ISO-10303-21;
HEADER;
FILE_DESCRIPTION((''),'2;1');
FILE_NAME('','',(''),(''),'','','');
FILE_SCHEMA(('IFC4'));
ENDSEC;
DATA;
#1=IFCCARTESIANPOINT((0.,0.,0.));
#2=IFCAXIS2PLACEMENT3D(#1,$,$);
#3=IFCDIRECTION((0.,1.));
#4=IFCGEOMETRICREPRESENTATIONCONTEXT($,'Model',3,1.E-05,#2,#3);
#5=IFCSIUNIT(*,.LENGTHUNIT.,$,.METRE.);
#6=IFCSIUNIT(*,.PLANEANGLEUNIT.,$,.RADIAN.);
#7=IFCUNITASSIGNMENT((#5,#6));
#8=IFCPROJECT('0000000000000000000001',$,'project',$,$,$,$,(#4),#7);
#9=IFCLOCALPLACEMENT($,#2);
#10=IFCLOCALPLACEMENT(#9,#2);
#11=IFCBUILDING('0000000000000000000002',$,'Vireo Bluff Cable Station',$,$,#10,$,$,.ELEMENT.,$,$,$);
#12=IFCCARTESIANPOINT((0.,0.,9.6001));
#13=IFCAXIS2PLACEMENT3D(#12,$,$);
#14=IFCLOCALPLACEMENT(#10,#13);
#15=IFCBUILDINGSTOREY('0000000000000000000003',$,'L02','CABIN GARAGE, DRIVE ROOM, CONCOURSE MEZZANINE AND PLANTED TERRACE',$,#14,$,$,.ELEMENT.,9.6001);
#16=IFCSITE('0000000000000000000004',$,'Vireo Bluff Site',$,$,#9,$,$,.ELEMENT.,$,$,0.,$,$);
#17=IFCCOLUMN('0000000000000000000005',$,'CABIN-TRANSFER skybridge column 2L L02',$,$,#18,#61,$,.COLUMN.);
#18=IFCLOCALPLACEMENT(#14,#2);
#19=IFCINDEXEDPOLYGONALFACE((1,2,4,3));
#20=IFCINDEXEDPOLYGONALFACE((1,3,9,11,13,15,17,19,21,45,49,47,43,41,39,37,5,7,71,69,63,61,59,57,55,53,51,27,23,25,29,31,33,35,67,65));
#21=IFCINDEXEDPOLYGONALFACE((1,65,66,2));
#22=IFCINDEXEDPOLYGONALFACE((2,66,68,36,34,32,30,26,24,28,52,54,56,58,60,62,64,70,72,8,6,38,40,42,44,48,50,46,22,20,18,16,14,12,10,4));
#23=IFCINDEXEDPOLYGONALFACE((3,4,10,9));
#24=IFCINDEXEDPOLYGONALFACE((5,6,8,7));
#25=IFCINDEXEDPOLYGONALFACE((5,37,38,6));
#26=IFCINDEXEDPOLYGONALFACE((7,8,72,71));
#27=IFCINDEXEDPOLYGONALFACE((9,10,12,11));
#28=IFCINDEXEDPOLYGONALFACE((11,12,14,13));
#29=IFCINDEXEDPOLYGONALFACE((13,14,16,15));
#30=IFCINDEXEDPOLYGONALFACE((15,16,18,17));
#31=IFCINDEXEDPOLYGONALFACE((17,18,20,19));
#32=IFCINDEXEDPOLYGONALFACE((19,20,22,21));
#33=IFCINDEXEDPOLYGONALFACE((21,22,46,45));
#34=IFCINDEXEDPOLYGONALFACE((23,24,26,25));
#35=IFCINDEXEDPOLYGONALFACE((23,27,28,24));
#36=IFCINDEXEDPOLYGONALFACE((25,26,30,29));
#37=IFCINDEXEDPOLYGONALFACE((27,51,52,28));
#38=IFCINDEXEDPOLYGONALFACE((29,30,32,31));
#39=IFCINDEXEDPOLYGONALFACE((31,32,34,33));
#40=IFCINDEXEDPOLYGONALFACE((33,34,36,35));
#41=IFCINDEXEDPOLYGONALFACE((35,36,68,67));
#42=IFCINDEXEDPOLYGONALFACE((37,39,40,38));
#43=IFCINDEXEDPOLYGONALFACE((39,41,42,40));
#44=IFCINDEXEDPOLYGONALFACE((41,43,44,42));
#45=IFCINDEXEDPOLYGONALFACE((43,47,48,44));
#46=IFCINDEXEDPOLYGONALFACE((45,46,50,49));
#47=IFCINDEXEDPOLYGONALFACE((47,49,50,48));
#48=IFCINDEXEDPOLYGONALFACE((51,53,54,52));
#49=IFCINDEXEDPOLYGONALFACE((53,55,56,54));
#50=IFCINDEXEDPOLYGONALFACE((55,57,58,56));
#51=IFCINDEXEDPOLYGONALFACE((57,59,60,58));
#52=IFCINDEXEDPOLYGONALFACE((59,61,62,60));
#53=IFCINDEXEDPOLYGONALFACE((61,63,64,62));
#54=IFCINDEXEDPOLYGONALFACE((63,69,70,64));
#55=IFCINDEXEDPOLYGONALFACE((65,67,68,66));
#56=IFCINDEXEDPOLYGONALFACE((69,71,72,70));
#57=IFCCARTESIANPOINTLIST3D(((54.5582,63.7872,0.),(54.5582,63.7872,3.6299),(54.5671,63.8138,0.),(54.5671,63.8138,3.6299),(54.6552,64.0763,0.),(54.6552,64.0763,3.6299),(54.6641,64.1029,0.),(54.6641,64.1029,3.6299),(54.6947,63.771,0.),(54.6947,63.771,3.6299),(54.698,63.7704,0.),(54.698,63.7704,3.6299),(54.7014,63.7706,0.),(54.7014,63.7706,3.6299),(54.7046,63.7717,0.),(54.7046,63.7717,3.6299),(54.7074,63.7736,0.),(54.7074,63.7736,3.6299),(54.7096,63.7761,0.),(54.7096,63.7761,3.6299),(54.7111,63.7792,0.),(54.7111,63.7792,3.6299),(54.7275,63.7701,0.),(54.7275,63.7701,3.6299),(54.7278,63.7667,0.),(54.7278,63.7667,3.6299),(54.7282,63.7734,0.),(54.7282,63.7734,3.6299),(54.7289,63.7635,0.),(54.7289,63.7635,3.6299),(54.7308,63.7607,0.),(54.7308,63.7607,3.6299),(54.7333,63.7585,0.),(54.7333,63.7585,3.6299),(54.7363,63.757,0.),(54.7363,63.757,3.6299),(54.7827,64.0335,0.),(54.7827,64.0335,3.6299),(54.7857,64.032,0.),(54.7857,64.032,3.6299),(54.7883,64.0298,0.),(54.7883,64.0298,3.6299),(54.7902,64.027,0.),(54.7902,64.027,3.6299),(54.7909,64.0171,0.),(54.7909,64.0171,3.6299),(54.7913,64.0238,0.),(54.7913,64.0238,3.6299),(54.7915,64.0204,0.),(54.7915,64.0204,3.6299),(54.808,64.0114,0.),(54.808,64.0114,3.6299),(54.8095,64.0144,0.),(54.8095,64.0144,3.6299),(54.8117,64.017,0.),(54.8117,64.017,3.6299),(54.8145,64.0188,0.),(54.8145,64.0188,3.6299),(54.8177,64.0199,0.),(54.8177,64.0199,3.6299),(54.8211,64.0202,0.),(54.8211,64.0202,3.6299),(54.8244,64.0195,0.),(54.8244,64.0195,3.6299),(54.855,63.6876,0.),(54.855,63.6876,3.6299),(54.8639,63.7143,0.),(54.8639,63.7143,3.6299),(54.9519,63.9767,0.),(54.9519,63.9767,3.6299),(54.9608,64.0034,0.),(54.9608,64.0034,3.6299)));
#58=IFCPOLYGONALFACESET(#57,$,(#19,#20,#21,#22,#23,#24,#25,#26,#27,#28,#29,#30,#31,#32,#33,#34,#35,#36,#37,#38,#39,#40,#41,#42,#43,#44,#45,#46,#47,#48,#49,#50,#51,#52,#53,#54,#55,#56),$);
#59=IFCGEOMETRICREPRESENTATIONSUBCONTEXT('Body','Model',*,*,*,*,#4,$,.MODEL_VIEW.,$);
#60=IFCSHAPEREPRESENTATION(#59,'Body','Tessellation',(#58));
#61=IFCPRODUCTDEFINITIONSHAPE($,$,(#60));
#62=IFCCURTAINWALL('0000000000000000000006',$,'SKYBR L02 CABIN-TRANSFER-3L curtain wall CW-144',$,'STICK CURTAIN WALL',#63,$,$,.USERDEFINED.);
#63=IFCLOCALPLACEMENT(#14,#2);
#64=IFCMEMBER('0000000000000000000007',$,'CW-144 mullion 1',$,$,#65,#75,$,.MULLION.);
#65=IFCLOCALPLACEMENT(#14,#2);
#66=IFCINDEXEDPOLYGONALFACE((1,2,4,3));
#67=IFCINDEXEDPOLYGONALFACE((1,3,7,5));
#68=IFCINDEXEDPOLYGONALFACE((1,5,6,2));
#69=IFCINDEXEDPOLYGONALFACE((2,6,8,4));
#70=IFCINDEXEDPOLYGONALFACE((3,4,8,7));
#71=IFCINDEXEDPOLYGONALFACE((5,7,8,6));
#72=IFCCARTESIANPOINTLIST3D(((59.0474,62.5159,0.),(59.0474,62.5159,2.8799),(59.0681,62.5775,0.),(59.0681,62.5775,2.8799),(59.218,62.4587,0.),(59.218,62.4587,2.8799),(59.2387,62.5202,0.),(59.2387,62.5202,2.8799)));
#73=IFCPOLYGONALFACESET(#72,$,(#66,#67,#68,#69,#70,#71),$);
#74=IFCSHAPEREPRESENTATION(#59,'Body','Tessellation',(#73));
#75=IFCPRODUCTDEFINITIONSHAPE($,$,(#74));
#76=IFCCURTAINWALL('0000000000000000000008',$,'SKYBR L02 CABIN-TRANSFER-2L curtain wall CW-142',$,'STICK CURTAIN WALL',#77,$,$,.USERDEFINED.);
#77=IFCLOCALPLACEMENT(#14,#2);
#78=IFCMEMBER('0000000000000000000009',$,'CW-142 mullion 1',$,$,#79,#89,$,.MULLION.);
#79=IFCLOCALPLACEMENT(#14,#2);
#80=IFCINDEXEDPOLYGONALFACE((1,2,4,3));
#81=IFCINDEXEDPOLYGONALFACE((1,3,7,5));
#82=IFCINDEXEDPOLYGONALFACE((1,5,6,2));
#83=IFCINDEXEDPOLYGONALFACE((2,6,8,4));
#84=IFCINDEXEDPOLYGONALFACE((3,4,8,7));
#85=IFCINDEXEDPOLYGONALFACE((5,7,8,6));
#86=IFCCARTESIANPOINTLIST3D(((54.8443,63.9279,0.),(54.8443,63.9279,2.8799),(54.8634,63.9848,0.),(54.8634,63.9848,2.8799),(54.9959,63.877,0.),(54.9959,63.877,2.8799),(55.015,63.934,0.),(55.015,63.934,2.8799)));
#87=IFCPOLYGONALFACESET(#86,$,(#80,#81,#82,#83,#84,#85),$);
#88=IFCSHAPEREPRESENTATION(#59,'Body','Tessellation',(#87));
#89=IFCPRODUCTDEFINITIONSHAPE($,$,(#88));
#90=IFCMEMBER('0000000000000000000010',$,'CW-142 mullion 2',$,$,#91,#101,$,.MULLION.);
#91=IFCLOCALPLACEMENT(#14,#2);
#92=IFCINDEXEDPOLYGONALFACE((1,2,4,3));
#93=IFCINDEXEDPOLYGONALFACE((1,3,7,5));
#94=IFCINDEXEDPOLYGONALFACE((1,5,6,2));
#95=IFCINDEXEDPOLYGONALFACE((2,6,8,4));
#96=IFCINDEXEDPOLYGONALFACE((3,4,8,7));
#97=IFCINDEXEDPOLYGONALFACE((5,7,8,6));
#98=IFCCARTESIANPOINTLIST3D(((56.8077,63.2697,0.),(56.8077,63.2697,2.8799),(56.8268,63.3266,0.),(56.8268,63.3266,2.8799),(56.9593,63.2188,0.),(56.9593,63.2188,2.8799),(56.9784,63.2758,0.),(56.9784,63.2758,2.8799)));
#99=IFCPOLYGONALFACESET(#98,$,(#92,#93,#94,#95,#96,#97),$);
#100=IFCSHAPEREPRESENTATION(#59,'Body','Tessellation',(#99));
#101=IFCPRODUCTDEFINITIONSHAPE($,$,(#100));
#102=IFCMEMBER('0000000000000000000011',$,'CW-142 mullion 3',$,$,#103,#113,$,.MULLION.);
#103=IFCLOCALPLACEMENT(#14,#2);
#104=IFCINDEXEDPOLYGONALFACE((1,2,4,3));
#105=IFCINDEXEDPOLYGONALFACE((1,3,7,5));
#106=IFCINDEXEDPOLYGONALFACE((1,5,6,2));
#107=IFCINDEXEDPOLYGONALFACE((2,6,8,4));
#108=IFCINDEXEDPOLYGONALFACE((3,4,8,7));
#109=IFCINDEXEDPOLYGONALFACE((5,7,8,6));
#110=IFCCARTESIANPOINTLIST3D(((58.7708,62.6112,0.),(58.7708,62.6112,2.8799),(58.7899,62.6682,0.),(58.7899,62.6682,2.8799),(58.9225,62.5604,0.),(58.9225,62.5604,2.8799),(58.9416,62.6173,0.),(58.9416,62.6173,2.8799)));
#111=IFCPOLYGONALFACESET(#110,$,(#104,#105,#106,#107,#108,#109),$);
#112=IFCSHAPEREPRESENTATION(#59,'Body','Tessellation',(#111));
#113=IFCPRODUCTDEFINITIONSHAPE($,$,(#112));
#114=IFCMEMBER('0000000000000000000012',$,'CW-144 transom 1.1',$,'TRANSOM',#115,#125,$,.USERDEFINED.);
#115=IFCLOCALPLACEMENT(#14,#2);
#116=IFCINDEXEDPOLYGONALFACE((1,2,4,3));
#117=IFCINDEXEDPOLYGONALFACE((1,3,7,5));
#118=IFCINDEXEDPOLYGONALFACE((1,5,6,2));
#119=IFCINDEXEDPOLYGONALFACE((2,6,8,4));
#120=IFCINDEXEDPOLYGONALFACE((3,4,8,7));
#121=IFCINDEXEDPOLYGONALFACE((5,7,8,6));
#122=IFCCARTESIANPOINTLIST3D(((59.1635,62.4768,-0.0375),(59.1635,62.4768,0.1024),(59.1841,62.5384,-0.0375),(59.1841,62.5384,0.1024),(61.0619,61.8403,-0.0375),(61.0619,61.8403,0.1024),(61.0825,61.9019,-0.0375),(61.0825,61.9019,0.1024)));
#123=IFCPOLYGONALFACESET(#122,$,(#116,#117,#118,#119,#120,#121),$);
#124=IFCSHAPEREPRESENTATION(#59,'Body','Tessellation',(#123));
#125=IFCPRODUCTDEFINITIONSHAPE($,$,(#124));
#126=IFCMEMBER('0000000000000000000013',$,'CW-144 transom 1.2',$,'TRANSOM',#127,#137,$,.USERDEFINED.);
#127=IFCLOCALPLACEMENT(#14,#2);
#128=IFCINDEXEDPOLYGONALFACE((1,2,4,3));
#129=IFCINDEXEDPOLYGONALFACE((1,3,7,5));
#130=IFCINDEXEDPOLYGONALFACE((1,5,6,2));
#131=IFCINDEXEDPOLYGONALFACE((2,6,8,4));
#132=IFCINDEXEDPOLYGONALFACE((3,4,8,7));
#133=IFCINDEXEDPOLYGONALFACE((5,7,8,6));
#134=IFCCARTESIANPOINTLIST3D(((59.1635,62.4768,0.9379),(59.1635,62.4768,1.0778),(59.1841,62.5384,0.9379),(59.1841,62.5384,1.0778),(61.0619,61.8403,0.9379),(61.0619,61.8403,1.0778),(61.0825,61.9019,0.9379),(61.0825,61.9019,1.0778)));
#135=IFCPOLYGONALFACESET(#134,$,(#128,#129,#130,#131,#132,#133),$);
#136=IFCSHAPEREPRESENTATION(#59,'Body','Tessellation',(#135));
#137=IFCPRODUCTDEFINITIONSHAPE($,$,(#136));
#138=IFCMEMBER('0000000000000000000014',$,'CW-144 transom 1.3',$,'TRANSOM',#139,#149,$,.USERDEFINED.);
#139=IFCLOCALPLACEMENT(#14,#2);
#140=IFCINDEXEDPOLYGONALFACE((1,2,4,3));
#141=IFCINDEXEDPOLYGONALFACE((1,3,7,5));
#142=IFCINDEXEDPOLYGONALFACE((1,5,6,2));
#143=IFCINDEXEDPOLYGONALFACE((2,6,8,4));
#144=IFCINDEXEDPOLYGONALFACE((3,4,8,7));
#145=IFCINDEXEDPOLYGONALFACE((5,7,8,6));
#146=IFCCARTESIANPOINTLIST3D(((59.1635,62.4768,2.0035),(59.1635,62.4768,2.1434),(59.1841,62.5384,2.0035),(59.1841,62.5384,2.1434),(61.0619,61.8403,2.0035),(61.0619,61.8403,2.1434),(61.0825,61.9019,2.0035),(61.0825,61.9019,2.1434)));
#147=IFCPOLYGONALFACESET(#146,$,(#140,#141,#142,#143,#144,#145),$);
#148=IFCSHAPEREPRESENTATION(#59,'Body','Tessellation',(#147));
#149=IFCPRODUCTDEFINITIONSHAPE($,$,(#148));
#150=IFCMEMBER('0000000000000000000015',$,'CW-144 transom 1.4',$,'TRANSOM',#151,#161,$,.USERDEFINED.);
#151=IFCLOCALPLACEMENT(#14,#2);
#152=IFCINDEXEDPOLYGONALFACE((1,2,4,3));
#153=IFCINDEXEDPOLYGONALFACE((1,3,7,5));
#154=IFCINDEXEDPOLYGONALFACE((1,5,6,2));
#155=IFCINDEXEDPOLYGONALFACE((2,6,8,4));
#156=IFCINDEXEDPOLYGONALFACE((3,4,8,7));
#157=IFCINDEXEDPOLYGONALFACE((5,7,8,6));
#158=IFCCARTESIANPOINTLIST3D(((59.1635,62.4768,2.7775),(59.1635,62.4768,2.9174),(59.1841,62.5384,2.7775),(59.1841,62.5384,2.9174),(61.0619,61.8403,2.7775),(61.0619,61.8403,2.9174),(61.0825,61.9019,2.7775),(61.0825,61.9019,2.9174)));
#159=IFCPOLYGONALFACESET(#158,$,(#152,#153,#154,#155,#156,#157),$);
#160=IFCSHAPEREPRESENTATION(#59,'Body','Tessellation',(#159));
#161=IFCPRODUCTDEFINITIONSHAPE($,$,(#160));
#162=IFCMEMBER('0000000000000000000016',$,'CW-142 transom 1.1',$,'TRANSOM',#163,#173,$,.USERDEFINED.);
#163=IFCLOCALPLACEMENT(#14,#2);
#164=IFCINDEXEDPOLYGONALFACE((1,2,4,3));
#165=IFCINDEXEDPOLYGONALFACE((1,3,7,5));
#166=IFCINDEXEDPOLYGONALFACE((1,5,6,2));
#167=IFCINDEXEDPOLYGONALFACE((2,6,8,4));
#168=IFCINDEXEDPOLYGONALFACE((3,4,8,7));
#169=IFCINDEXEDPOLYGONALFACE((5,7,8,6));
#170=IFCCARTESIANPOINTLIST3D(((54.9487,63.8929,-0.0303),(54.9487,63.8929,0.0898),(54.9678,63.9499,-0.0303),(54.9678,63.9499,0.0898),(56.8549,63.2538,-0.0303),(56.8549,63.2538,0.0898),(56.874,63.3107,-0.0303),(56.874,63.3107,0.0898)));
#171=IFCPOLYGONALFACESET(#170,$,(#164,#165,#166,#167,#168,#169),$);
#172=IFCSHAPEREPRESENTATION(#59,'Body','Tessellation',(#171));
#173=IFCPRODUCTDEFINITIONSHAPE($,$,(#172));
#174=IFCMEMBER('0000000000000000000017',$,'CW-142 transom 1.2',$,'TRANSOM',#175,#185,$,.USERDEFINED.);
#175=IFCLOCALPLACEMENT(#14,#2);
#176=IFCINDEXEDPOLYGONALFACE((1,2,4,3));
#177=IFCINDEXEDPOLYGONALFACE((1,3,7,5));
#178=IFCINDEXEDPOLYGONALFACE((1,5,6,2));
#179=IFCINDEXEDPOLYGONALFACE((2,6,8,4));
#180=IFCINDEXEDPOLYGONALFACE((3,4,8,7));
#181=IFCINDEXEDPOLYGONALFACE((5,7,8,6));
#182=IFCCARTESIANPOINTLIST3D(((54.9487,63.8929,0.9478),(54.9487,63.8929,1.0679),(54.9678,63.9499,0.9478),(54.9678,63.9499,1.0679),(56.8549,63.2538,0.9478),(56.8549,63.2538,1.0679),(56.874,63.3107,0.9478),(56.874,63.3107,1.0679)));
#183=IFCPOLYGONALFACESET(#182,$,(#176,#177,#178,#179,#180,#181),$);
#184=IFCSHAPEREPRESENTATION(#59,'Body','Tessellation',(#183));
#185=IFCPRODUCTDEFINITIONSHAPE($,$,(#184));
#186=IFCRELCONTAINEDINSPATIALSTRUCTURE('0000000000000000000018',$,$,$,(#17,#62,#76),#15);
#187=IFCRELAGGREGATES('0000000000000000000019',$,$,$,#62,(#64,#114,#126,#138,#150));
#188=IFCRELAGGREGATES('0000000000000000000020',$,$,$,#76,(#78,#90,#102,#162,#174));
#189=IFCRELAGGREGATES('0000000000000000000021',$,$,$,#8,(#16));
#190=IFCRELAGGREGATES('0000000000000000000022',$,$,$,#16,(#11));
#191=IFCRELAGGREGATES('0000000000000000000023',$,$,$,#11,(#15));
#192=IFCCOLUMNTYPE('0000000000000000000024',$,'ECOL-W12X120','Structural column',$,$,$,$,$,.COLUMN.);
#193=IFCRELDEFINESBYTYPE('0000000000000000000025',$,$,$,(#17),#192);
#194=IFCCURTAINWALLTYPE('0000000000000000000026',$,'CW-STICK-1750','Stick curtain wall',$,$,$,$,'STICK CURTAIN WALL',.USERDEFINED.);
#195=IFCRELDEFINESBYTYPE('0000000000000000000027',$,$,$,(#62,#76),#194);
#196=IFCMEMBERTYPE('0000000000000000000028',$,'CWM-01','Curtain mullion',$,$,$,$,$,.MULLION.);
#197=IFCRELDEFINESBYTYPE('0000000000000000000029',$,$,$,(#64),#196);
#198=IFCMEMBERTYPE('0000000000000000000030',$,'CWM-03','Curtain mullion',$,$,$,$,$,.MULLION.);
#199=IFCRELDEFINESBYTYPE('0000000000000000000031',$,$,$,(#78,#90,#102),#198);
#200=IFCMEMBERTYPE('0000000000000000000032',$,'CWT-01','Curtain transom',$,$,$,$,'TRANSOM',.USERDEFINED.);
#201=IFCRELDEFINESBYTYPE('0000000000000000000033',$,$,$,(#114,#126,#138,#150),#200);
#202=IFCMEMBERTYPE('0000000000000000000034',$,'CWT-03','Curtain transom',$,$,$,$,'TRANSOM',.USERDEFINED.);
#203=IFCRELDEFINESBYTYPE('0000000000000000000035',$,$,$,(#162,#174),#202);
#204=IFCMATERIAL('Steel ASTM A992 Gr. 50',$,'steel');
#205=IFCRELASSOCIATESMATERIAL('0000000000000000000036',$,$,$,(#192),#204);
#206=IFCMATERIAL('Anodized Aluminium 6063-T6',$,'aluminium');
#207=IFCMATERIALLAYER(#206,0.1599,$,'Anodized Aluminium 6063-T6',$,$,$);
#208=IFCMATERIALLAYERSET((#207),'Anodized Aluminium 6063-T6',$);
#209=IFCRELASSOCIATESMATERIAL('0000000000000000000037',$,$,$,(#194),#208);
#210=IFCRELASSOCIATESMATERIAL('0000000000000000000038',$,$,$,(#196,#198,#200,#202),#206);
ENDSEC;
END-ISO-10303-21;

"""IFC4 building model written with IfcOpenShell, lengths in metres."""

from ifc_helpers import new_model, si_unit, direction, frame, origin, origin_2d, place, context, subcontext, project, spatial, rectangle, i_section, extrude, material, layer, layer_set, material_profile, profile_set, type_object, element, aggregate, save


model = new_model("IFC4")

# Units and contexts
model_context = context("Model", 3, precision=1e-05, world=origin(), true_north=direction((0.0, 1.0)))
body_context = subcontext(model_context, "Body", "Model", "MODEL_VIEW")
ifc_project = project(units=[si_unit("LENGTHUNIT", "METRE"), si_unit("PLANEANGLEUNIT", "RADIAN")], contexts=[model_context])

# Site, building, storey
site_placement = place(None, origin())
site = spatial("IfcSite", under=ifc_project, at=site_placement, Name="Vireo Bluff Site", CompositionType="ELEMENT", RefElevation=0.0)
building_placement = place(site_placement, origin())
building = spatial("IfcBuilding", under=site, at=building_placement, Name="Vireo Bluff Cable Station", CompositionType="ELEMENT")
storey_placement = place(building_placement, frame((0.0, 0.0, 9.6001)))
storey = spatial("IfcBuildingStorey", under=building, at=storey_placement, Name="L02", Description="CABIN GARAGE, DRIVE ROOM, CONCOURSE MEZZANINE AND PLANTED TERRACE", CompositionType="ELEMENT", Elevation=9.6001)

# Column
ifc_material_1 = material(Name="Steel ASTM A992 Gr. 50", Category="steel")
ifc_material_profile_1 = material_profile(ifc_material_1, i_section(OverallWidth=0.313, OverallDepth=0.333, WebThickness=0.0181, FlangeThickness=0.0281, FilletRadius=0.0129, at=origin_2d()), Name="W12X120")
ifc_profile_set_1 = profile_set([ifc_material_profile_1], Name="Steel ASTM A992 Gr. 50")
column_type = type_object("IfcColumnType", Name="ECOL-W12X120", Description="Structural column", PredefinedType="COLUMN", material=ifc_profile_set_1)
column_placement = place(storey_placement, frame((54.7595, 63.8953, 0.0), z_axis=(0.0, 0.0, 1.0), x_axis=(0.948105, -0.317958, 0.0)))
element("IfcColumn", 1, at=column_placement, inside=storey, type_object=column_type, Name="CABIN-TRANSFER skybridge column 2L L02", PredefinedType="COLUMN", context=body_context, shape_type="SweptSolid", body=[
    extrude(i_section(OverallWidth=0.313, OverallDepth=0.333, WebThickness=0.0181, FlangeThickness=0.0281, FilletRadius=0.0129, at=origin_2d()), origin(), (0.0, 0.0, 1.0), 3.6299),
])

# Curtain wall, member
ifc_material_2 = material(Name="Anodized Aluminium 6063-T6", Category="aluminium")
ifc_layer_1 = layer(ifc_material_2, 0.1599, Name="Anodized Aluminium 6063-T6")
ifc_layer_set_1 = layer_set([ifc_layer_1], Name="Anodized Aluminium 6063-T6")
curtain_wall_type = type_object("IfcCurtainWallType", Name="CW-STICK-1750", Description="Stick curtain wall", ElementType="STICK CURTAIN WALL", PredefinedType="USERDEFINED", material=ifc_layer_set_1)
curtain_wall_1_placement = place(storey_placement, origin())
curtain_wall_1 = element("IfcCurtainWall", 2, at=curtain_wall_1_placement, inside=storey, type_object=curtain_wall_type, Name="SKYBR L02 CABIN-TRANSFER-3L curtain wall CW-144", ObjectType="STICK CURTAIN WALL", PredefinedType="USERDEFINED")
ifc_material_profile_2 = material_profile(ifc_material_2, rectangle(XDim=0.0649, YDim=0.1799, at=origin_2d()), Name="ALU-M-65X180")
ifc_profile_set_2 = profile_set([ifc_material_profile_2], Name="Anodized Aluminium 6063-T6")
member_type_1 = type_object("IfcMemberType", Name="CWM-01", Description="Curtain mullion", PredefinedType="MULLION", material=ifc_profile_set_2)
member_1_placement = place(storey_placement, frame((59.1431, 62.5181, 0.0), z_axis=(0.0, 0.0, 1.0), x_axis=(0.317934, 0.948113, 0.0)))
member_1 = element("IfcMember", 3, at=member_1_placement, type_object=member_type_1, Name="CW-144 mullion 1", PredefinedType="MULLION", context=body_context, shape_type="SweptSolid", body=[
    extrude(rectangle(XDim=0.0649, YDim=0.1799, at=origin_2d()), origin(), (0.0, 0.0, 1.0), 2.8799),
])

# Curtain wall, members
curtain_wall_2_placement = place(storey_placement, origin())
curtain_wall_2 = element("IfcCurtainWall", 4, at=curtain_wall_2_placement, inside=storey, type_object=curtain_wall_type, Name="SKYBR L02 CABIN-TRANSFER-2L curtain wall CW-142", ObjectType="STICK CURTAIN WALL", PredefinedType="USERDEFINED")
ifc_material_profile_3 = material_profile(ifc_material_2, rectangle(XDim=0.0601, YDim=0.1599, at=origin_2d()), Name="ALU-M-60X160")
ifc_profile_set_3 = profile_set([ifc_material_profile_3], Name="Anodized Aluminium 6063-T6")
member_type_2 = type_object("IfcMemberType", Name="CWM-03", Description="Curtain mullion", PredefinedType="MULLION", material=ifc_profile_set_3)
member_2_placement = place(storey_placement, frame((54.9297, 63.9309, 0.0), z_axis=(0.0, 0.0, 1.0), x_axis=(0.317941, 0.948111, 0.0)))
member_2 = element("IfcMember", 5, at=member_2_placement, type_object=member_type_2, Name="CW-142 mullion 1", PredefinedType="MULLION", context=body_context, shape_type="SweptSolid", body=[
    extrude(rectangle(XDim=0.0601, YDim=0.1599, at=origin_2d()), origin(), (0.0, 0.0, 1.0), 2.8799),
])
member_3_placement = place(storey_placement, frame((56.8931, 63.2727, 0.0), z_axis=(0.0, 0.0, 1.0), x_axis=(0.317941, 0.948111, 0.0)))
member_3 = element("IfcMember", 6, at=member_3_placement, type_object=member_type_2, Name="CW-142 mullion 2", PredefinedType="MULLION", context=body_context, shape_type="SweptSolid", body=[
    extrude(rectangle(XDim=0.0601, YDim=0.1599, at=origin_2d()), origin(), (0.0, 0.0, 1.0), 2.8799),
])
member_4_placement = place(storey_placement, frame((58.8562, 62.6143, 0.0), z_axis=(0.0, 0.0, 1.0), x_axis=(0.317941, 0.948111, 0.0)))
member_4 = element("IfcMember", 7, at=member_4_placement, type_object=member_type_2, Name="CW-142 mullion 3", PredefinedType="MULLION", context=body_context, shape_type="SweptSolid", body=[
    extrude(rectangle(XDim=0.0601, YDim=0.1599, at=origin_2d()), origin(), (0.0, 0.0, 1.0), 2.8799),
])

# Members
ifc_material_profile_4 = material_profile(ifc_material_2, rectangle(XDim=0.0649, YDim=0.1399, at=origin_2d()), Name="ALU-T-65X140")
ifc_profile_set_4 = profile_set([ifc_material_profile_4], Name="Anodized Aluminium 6063-T6")
member_type_3 = type_object("IfcMemberType", Name="CWT-01", Description="Curtain transom", ElementType="TRANSOM", PredefinedType="USERDEFINED", material=ifc_profile_set_4)
member_5_placement = place(storey_placement, frame((59.1738, 62.5076, 0.0325), z_axis=(0.948133, -0.317873, 0.0), x_axis=(0.317873, 0.948133, 0.0)))
member_5 = element("IfcMember", 8, at=member_5_placement, type_object=member_type_3, Name="CW-144 transom 1.1", ObjectType="TRANSOM", PredefinedType="USERDEFINED", context=body_context, shape_type="SweptSolid", body=[
    extrude(rectangle(XDim=0.0649, YDim=0.1399, at=origin_2d()), origin(), (0.0, 0.0, 1.0), 2.0022),
])
member_6_placement = place(storey_placement, frame((59.1738, 62.5076, 1.0078), z_axis=(0.948133, -0.317873, 0.0), x_axis=(0.317873, 0.948133, 0.0)))
member_6 = element("IfcMember", 9, at=member_6_placement, type_object=member_type_3, Name="CW-144 transom 1.2", ObjectType="TRANSOM", PredefinedType="USERDEFINED", context=body_context, shape_type="SweptSolid", body=[
    extrude(rectangle(XDim=0.0649, YDim=0.1399, at=origin_2d()), origin(), (0.0, 0.0, 1.0), 2.0022),
])
member_7_placement = place(storey_placement, frame((59.1738, 62.5076, 2.0735), z_axis=(0.948133, -0.317873, 0.0), x_axis=(0.317873, 0.948133, 0.0)))
member_7 = element("IfcMember", 10, at=member_7_placement, type_object=member_type_3, Name="CW-144 transom 1.3", ObjectType="TRANSOM", PredefinedType="USERDEFINED", context=body_context, shape_type="SweptSolid", body=[
    extrude(rectangle(XDim=0.0649, YDim=0.1399, at=origin_2d()), origin(), (0.0, 0.0, 1.0), 2.0022),
])
member_8_placement = place(storey_placement, frame((59.1738, 62.5076, 2.8474), z_axis=(0.948133, -0.317873, 0.0), x_axis=(0.317873, 0.948133, 0.0)))
member_8 = element("IfcMember", 11, at=member_8_placement, type_object=member_type_3, Name="CW-144 transom 1.4", ObjectType="TRANSOM", PredefinedType="USERDEFINED", context=body_context, shape_type="SweptSolid", body=[
    extrude(rectangle(XDim=0.0649, YDim=0.1399, at=origin_2d()), origin(), (0.0, 0.0, 1.0), 2.0022),
])
aggregate(curtain_wall_1, [member_1, member_5, member_6, member_7, member_8])
ifc_material_profile_5 = material_profile(ifc_material_2, rectangle(XDim=0.0601, YDim=0.1201, at=origin_2d()), Name="ALU-T-60X120")
ifc_profile_set_5 = profile_set([ifc_material_profile_5], Name="Anodized Aluminium 6063-T6")
member_type_4 = type_object("IfcMemberType", Name="CWT-03", Description="Curtain transom", ElementType="TRANSOM", PredefinedType="USERDEFINED", material=ifc_profile_set_5)
member_9_placement = place(storey_placement, frame((54.9583, 63.9214, 0.0298), z_axis=(0.948123, -0.317903, 0.0), x_axis=(0.317903, 0.948123, 0.0)))
member_9 = element("IfcMember", 12, at=member_9_placement, type_object=member_type_4, Name="CW-142 transom 1.1", ObjectType="TRANSOM", PredefinedType="USERDEFINED", context=body_context, shape_type="SweptSolid", body=[
    extrude(rectangle(XDim=0.0601, YDim=0.1201, at=origin_2d()), origin(), (0.0, 0.0, 1.0), 2.0105),
])
member_10_placement = place(storey_placement, frame((54.9583, 63.9214, 1.0078), z_axis=(0.948123, -0.317903, 0.0), x_axis=(0.317903, 0.948123, 0.0)))
member_10 = element("IfcMember", 13, at=member_10_placement, type_object=member_type_4, Name="CW-142 transom 1.2", ObjectType="TRANSOM", PredefinedType="USERDEFINED", context=body_context, shape_type="SweptSolid", body=[
    extrude(rectangle(XDim=0.0601, YDim=0.1201, at=origin_2d()), origin(), (0.0, 0.0, 1.0), 2.0105),
])

aggregate(curtain_wall_2, [member_2, member_3, member_4, member_9, member_10])

save(model, "model.ifc")
